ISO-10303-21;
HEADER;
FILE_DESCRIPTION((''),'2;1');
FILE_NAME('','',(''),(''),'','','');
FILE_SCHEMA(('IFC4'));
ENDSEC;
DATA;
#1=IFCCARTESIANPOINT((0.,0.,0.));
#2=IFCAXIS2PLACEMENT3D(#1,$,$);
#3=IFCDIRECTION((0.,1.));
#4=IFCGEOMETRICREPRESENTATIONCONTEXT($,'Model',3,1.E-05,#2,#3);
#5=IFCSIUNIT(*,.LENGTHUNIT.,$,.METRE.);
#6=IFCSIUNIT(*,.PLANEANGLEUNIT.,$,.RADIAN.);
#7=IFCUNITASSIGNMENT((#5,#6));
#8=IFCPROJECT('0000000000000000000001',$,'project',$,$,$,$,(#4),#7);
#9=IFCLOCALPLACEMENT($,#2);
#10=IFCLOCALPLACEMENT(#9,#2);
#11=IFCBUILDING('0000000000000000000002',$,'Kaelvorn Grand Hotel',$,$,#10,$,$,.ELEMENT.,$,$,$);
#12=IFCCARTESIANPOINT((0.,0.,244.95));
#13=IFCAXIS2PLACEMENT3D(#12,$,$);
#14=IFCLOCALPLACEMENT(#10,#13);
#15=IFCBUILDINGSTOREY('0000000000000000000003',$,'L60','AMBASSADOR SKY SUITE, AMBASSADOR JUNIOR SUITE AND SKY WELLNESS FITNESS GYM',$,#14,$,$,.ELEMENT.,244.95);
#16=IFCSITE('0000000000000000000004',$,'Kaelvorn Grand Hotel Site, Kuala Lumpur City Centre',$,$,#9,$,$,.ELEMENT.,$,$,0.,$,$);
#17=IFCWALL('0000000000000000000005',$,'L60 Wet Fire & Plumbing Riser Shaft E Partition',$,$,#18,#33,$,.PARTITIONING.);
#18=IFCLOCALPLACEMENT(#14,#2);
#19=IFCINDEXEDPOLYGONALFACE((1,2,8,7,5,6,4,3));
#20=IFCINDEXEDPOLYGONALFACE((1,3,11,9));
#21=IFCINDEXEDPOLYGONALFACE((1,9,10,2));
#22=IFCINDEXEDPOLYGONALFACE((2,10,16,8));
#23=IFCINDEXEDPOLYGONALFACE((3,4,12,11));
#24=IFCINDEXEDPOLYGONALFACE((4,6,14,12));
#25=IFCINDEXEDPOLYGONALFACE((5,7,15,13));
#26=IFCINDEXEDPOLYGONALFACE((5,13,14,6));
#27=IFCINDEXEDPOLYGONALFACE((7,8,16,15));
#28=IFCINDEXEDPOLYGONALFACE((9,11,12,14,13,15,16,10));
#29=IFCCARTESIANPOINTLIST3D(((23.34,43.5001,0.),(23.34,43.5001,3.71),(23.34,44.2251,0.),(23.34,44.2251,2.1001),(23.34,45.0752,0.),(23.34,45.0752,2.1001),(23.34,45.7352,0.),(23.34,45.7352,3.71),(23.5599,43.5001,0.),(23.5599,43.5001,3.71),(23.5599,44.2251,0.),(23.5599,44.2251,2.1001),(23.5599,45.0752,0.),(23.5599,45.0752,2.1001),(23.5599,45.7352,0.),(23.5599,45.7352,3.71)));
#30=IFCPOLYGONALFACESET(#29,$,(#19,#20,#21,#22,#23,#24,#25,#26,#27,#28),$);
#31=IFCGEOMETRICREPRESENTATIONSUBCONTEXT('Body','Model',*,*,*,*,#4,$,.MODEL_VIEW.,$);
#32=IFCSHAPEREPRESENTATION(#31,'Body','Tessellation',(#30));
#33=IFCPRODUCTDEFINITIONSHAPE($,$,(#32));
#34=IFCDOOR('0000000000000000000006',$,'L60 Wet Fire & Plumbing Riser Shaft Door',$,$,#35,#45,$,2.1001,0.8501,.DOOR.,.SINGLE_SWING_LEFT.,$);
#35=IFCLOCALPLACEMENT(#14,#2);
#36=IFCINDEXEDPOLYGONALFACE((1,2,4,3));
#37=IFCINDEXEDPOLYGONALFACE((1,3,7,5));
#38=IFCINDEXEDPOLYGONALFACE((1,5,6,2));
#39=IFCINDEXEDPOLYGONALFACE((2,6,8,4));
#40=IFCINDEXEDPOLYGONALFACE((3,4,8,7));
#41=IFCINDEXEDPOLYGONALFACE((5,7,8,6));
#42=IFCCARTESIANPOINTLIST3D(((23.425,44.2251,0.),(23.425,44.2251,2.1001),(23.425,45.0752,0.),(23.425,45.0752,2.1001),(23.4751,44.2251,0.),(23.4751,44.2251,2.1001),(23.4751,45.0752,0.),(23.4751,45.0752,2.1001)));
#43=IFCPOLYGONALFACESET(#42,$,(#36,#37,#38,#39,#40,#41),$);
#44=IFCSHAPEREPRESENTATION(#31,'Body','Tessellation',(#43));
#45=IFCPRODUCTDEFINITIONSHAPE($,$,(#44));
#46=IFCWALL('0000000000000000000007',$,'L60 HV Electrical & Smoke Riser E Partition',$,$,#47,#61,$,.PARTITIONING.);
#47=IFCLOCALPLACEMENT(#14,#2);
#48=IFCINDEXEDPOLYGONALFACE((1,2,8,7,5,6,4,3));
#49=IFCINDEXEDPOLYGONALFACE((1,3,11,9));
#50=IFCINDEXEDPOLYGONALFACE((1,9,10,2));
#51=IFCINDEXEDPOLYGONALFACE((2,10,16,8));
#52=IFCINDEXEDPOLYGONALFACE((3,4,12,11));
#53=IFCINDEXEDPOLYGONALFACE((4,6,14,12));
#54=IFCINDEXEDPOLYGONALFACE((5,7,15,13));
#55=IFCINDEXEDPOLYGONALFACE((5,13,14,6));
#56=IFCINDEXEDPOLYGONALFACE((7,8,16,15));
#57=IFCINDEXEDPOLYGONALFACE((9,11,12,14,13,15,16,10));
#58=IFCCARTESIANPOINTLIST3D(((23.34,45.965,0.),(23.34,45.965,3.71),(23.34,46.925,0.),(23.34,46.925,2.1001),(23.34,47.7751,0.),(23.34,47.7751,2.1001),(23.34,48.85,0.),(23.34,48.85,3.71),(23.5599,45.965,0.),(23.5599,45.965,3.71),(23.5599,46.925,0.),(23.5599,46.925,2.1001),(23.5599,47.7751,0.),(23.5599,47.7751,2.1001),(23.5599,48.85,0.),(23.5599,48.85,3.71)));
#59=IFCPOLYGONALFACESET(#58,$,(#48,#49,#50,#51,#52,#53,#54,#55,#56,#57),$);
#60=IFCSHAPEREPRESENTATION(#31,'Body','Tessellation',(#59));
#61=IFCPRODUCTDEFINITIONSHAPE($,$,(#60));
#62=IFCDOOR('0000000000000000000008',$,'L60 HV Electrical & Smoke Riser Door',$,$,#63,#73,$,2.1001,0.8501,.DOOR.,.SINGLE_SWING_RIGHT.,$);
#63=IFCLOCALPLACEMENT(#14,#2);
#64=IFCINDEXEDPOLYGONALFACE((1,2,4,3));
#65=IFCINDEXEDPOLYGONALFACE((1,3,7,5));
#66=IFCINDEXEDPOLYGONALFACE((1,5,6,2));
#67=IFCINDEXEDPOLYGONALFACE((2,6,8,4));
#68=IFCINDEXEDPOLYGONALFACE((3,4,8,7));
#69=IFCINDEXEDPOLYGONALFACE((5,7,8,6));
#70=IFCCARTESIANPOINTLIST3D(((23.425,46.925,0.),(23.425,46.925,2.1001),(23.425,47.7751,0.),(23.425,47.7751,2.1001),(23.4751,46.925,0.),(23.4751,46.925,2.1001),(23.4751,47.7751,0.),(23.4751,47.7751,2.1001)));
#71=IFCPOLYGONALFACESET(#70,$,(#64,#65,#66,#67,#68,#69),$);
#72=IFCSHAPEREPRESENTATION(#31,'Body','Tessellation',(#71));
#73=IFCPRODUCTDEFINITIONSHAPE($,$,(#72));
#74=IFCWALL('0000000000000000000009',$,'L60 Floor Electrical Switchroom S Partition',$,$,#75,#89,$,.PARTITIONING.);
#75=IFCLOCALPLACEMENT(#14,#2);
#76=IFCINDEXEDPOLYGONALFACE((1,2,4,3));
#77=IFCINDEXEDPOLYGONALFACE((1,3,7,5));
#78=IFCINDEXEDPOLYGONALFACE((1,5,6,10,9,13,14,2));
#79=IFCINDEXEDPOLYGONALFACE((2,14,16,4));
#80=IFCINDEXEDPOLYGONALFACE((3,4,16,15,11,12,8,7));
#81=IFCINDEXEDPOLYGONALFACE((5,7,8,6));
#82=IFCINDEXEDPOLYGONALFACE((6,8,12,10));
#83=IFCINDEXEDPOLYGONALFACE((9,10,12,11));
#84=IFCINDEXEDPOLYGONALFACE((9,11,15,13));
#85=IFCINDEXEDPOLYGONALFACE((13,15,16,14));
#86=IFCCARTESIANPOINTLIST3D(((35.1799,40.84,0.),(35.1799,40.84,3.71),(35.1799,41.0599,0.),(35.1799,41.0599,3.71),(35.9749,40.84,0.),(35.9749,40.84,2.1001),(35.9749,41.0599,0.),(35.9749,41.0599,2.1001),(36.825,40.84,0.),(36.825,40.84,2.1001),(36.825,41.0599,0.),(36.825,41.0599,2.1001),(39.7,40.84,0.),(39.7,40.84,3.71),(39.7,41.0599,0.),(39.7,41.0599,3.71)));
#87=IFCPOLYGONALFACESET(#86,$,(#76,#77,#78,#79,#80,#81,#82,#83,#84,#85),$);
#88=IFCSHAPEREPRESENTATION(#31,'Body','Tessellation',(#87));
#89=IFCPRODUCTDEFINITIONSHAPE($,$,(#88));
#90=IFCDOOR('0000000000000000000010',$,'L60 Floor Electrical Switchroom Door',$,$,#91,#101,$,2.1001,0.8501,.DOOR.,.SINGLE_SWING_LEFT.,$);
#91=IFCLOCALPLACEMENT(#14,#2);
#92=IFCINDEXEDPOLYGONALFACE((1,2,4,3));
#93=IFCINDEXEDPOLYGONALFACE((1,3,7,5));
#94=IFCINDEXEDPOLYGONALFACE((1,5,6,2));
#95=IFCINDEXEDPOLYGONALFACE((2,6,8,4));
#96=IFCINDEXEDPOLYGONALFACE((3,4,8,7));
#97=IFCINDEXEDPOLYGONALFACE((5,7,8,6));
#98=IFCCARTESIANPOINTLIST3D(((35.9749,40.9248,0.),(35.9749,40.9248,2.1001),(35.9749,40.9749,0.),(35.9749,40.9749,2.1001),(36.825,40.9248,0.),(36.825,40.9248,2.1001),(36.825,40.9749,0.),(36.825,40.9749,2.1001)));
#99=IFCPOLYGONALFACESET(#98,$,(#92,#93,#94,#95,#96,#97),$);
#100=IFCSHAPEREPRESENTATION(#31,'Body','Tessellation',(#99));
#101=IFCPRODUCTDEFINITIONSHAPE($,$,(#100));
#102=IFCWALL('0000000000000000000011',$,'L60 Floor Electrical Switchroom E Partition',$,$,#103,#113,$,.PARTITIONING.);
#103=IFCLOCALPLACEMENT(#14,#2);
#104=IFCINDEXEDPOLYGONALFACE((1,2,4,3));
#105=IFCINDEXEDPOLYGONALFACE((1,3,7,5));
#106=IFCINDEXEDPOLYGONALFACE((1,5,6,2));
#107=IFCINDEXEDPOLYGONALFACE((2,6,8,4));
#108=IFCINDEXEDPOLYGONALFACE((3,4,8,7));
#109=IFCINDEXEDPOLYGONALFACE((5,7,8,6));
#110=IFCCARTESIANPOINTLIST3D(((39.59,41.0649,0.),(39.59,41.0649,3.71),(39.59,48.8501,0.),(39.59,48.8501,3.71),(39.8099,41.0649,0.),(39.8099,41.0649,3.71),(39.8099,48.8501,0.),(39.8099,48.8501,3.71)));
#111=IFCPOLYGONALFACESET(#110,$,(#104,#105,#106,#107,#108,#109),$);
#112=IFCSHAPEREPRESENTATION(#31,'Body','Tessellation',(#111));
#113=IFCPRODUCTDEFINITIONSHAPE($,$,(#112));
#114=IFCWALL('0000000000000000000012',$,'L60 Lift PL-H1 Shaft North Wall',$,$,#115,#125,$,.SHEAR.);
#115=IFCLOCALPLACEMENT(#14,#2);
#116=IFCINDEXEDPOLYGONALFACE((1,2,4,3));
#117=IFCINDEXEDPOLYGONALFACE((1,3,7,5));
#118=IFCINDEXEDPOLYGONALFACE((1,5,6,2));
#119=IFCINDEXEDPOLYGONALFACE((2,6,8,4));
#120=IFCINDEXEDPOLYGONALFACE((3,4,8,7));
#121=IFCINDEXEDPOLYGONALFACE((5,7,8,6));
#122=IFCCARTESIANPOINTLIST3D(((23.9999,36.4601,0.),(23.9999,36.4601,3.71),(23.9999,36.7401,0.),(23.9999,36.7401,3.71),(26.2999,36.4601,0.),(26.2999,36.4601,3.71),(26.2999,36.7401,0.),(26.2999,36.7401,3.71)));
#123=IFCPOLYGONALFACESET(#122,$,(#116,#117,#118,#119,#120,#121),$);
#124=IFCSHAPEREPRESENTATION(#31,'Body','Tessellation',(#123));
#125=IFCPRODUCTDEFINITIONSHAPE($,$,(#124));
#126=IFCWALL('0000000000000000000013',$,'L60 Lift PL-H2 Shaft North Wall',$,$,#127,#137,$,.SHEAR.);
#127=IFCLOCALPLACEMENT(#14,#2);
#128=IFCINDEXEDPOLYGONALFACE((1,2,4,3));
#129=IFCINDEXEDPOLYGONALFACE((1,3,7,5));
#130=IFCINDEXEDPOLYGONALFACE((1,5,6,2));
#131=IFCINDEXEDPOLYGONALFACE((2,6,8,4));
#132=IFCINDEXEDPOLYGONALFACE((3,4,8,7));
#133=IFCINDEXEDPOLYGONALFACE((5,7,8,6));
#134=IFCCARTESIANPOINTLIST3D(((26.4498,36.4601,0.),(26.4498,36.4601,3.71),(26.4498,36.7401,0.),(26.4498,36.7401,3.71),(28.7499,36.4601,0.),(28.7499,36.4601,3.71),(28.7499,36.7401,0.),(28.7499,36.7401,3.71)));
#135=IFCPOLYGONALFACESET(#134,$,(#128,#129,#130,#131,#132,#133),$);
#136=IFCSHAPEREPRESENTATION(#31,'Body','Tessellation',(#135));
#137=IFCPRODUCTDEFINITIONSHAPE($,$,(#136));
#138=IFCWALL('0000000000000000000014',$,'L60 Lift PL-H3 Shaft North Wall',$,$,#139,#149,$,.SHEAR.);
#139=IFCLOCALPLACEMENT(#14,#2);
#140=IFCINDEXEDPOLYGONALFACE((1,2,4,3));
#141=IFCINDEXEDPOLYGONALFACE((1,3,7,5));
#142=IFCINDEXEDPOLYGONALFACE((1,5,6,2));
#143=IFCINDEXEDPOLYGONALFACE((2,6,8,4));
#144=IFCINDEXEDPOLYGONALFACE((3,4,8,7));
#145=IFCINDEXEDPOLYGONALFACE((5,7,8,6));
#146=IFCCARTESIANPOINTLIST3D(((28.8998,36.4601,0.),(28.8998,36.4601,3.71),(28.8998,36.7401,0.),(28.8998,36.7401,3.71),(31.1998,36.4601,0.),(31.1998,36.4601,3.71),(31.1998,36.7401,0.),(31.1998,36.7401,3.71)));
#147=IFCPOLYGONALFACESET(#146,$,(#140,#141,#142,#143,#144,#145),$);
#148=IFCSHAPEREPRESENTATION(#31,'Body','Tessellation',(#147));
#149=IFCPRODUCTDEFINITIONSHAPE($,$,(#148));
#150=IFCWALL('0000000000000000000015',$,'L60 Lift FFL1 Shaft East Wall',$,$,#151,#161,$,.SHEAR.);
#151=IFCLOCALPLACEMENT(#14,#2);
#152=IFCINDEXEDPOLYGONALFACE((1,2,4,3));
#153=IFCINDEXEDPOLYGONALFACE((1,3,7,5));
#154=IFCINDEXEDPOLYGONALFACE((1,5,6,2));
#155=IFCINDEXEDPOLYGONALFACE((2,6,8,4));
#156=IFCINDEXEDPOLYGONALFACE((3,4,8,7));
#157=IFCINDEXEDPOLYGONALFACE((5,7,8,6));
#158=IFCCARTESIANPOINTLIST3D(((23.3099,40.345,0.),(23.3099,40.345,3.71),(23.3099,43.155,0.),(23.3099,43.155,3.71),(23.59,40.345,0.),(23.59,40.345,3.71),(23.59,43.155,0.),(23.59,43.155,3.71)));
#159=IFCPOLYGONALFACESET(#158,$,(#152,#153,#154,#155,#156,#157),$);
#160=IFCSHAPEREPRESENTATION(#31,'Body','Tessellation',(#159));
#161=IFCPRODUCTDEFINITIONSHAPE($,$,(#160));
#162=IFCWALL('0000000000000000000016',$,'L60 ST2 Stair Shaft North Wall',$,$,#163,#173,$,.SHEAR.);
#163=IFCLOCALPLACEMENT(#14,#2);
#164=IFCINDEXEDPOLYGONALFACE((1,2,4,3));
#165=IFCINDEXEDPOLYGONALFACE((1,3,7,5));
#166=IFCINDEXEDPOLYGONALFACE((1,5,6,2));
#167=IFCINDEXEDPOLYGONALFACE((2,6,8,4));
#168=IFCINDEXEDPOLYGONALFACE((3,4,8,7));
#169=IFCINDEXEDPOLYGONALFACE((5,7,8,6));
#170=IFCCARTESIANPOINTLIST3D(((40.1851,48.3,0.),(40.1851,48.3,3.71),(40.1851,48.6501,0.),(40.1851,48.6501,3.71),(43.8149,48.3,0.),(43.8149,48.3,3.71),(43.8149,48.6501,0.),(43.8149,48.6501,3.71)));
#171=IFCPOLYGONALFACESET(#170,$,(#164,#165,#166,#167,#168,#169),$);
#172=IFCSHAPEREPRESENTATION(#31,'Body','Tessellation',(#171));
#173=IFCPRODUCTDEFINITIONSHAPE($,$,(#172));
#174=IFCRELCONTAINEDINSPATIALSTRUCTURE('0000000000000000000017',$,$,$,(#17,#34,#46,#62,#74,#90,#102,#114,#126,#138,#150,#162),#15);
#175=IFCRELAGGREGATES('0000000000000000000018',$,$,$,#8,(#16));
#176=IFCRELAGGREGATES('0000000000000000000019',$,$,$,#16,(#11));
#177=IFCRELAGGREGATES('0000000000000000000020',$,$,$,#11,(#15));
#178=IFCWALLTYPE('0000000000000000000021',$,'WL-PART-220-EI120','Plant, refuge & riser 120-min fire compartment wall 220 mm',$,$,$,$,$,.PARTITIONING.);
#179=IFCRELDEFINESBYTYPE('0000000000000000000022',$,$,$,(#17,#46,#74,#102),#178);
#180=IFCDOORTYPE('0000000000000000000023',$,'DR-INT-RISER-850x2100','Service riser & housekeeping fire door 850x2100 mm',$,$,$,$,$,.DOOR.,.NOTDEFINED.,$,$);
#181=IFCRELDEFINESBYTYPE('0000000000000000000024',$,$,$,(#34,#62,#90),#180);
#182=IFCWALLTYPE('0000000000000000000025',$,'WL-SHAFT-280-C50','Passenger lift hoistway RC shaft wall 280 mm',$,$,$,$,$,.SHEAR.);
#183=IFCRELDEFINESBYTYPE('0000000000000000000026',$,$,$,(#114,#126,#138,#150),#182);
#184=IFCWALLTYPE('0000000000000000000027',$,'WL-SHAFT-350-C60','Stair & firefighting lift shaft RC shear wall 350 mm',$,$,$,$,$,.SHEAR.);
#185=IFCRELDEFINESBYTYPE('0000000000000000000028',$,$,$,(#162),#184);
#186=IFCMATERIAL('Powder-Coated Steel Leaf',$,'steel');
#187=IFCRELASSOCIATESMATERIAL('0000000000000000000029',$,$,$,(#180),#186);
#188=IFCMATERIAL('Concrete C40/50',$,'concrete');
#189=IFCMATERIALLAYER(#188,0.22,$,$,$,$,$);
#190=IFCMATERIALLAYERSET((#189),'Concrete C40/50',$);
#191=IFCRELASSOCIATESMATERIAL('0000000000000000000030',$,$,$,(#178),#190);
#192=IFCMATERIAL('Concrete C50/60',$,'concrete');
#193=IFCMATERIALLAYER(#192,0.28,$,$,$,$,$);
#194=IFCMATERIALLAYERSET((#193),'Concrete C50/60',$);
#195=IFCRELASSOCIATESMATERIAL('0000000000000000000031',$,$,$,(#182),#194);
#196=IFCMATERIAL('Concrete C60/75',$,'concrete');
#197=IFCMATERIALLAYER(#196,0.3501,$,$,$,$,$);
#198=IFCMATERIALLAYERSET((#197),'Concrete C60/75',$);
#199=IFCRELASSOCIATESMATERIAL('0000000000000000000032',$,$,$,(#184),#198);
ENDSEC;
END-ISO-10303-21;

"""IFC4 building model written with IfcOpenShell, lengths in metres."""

from ifc_helpers import new_model, si_unit, direction, frame, frame_2d, origin, place, context, subcontext, project, spatial, rectangle, extrude, material, layer, layer_set, type_object, element, fill, save


model = new_model("IFC4")

# Units and contexts
model_context = context("Model", 3, precision=1e-05, world=origin(), true_north=direction((0.0, 1.0)))
body_context = subcontext(model_context, "Body", "Model", "MODEL_VIEW")
ifc_project = project(units=[si_unit("LENGTHUNIT", "METRE"), si_unit("PLANEANGLEUNIT", "RADIAN")], contexts=[model_context])

# Site, building, storey
site_placement = place(None, origin())
site = spatial("IfcSite", under=ifc_project, at=site_placement, Name="Kaelvorn Grand Hotel Site, Kuala Lumpur City Centre", CompositionType="ELEMENT", RefElevation=0.0)
building_placement = place(site_placement, origin())
building = spatial("IfcBuilding", under=site, at=building_placement, Name="Kaelvorn Grand Hotel", CompositionType="ELEMENT")
storey_placement = place(building_placement, frame((0.0, 0.0, 244.95)))
storey = spatial("IfcBuildingStorey", under=building, at=storey_placement, Name="L60", Description="AMBASSADOR SKY SUITE, AMBASSADOR JUNIOR SUITE AND SKY WELLNESS FITNESS GYM", CompositionType="ELEMENT", Elevation=244.95)

# Shared definitions
ifc_material_1 = material(Name="Concrete C50/60", Category="concrete")

# Shared definitions
ifc_material_2 = material(Name="Powder-Coated Steel Leaf", Category="steel")
door_type_1 = type_object("IfcDoorType", Name="DR-INT-RISER-850x2100", Description="Service riser & housekeeping fire door 850x2100 mm", OperationType="NOTDEFINED", PredefinedType="DOOR", material=ifc_material_2)

# Walls, openings, doors
ifc_material_3 = material(Name="Concrete C40/50", Category="concrete")
ifc_layer_1 = layer(ifc_material_3, 0.22)
ifc_layer_set_1 = layer_set([ifc_layer_1], Name="Concrete C40/50")
wall_type_1 = type_object("IfcWallType", Name="WL-PART-220-EI120", Description="Plant, refuge & riser 120-min fire compartment wall 220 mm", PredefinedType="PARTITIONING", material=ifc_layer_set_1)
wall_1_placement = place(storey_placement, frame((23.45, 43.5, 0.0), z_axis=(0.0, 0.0, 1.0), x_axis=(0.0, 1.0, 0.0)))
wall_1 = element("IfcWall", 1, at=wall_1_placement, inside=storey, type_object=wall_type_1, Name="L60 Wet Fire & Plumbing Riser Shaft E Partition", PredefinedType="PARTITIONING", context=body_context, shape_type="SweptSolid", body=[
    extrude(rectangle(XDim=2.2351, YDim=0.22, at=frame_2d((1.1177, 0.0))), origin(), (0.0, 0.0, 1.0), 3.71),
])
opening_1_placement = place(wall_1_placement, frame((0.7251, 0.0, 0.0)))
opening_1 = element("IfcOpeningElement", 2, at=opening_1_placement, cuts=wall_1, PredefinedType="OPENING", context=body_context, shape_type="SweptSolid", body=[
    extrude(rectangle(XDim=0.8501, YDim=2.1001, at=frame_2d((0.425, 1.05))), frame((0.0, 0.1201, 0.0), z_axis=(0.0, -1.0, 0.0), x_axis=(1.0, 0.0, 0.0)), (0.0, 0.0, 1.0), 0.24),
])
door_1_placement = place(opening_1_placement, origin())
door_1 = element("IfcDoor", 3, at=door_1_placement, inside=storey, type_object=door_type_1, Name="L60 Wet Fire & Plumbing Riser Shaft Door", OperationType="SINGLE_SWING_LEFT", OverallHeight=2.1001, OverallWidth=0.8501, PredefinedType="DOOR", context=body_context, shape_type="SweptSolid", body=[
    extrude(rectangle(XDim=0.8501, YDim=2.1001, at=frame_2d((0.425, 1.05))), frame((0.0, 0.0249, 0.0), z_axis=(0.0, -1.0, 0.0), x_axis=(1.0, 0.0, 0.0)), (0.0, 0.0, 1.0), 0.05),
])
fill(opening_1, door_1)
wall_2_placement = place(storey_placement, frame((23.45, 45.9651, 0.0), z_axis=(0.0, 0.0, 1.0), x_axis=(0.0, 1.0, 0.0)))
wall_2 = element("IfcWall", 4, at=wall_2_placement, inside=storey, type_object=wall_type_1, Name="L60 HV Electrical & Smoke Riser E Partition", PredefinedType="PARTITIONING", context=body_context, shape_type="SweptSolid", body=[
    extrude(rectangle(XDim=2.885, YDim=0.22, at=frame_2d((1.4424, 0.0))), origin(), (0.0, 0.0, 1.0), 3.71),
])
opening_2_placement = place(wall_2_placement, frame((0.96, 0.0, 0.0)))
opening_2 = element("IfcOpeningElement", 5, at=opening_2_placement, cuts=wall_2, PredefinedType="OPENING", context=body_context, shape_type="SweptSolid", body=[
    extrude(rectangle(XDim=0.8501, YDim=2.1001, at=frame_2d((0.425, 1.05))), frame((0.0, 0.1201, 0.0), z_axis=(0.0, -1.0, 0.0), x_axis=(1.0, 0.0, 0.0)), (0.0, 0.0, 1.0), 0.24),
])
door_2_placement = place(opening_2_placement, origin())
door_2 = element("IfcDoor", 6, at=door_2_placement, inside=storey, type_object=door_type_1, Name="L60 HV Electrical & Smoke Riser Door", OperationType="SINGLE_SWING_RIGHT", OverallHeight=2.1001, OverallWidth=0.8501, PredefinedType="DOOR", context=body_context, shape_type="SweptSolid", body=[
    extrude(rectangle(XDim=0.8501, YDim=2.1001, at=frame_2d((0.425, 1.05))), frame((0.0, 0.0249, 0.0), z_axis=(0.0, -1.0, 0.0), x_axis=(1.0, 0.0, 0.0)), (0.0, 0.0, 1.0), 0.05),
])
fill(opening_2, door_2)
wall_3_placement = place(storey_placement, frame((35.1799, 40.95, 0.0), z_axis=(0.0, 0.0, 1.0), x_axis=(1.0, 0.0, 0.0)))
wall_3 = element("IfcWall", 7, at=wall_3_placement, inside=storey, type_object=wall_type_1, Name="L60 Floor Electrical Switchroom S Partition", PredefinedType="PARTITIONING", context=body_context, shape_type="SweptSolid", body=[
    extrude(rectangle(XDim=4.52, YDim=0.22, at=frame_2d((2.26, 0.0))), origin(), (0.0, 0.0, 1.0), 3.71),
])
opening_3_placement = place(wall_3_placement, frame((0.7949, 0.0, 0.0)))
opening_3 = element("IfcOpeningElement", 8, at=opening_3_placement, cuts=wall_3, PredefinedType="OPENING", context=body_context, shape_type="SweptSolid", body=[
    extrude(rectangle(XDim=0.8501, YDim=2.1001, at=frame_2d((0.425, 1.05))), frame((0.0, 0.1201, 0.0), z_axis=(0.0, -1.0, 0.0), x_axis=(1.0, 0.0, 0.0)), (0.0, 0.0, 1.0), 0.24),
])
door_3_placement = place(opening_3_placement, origin())
door_3 = element("IfcDoor", 9, at=door_3_placement, inside=storey, type_object=door_type_1, Name="L60 Floor Electrical Switchroom Door", OperationType="SINGLE_SWING_LEFT", OverallHeight=2.1001, OverallWidth=0.8501, PredefinedType="DOOR", context=body_context, shape_type="SweptSolid", body=[
    extrude(rectangle(XDim=0.8501, YDim=2.1001, at=frame_2d((0.425, 1.05))), frame((0.0, 0.0249, 0.0), z_axis=(0.0, -1.0, 0.0), x_axis=(1.0, 0.0, 0.0)), (0.0, 0.0, 1.0), 0.05),
])
fill(opening_3, door_3)

# Walls
wall_4_placement = place(storey_placement, frame((39.7, 41.0649, 0.0), z_axis=(0.0, 0.0, 1.0), x_axis=(0.0, 1.0, 0.0)))
element("IfcWall", 10, at=wall_4_placement, inside=storey, type_object=wall_type_1, Name="L60 Floor Electrical Switchroom E Partition", PredefinedType="PARTITIONING", context=body_context, shape_type="SweptSolid", body=[
    extrude(rectangle(XDim=7.7852, YDim=0.22, at=frame_2d((3.8926, 0.0))), origin(), (0.0, 0.0, 1.0), 3.71),
])
ifc_layer_2 = layer(ifc_material_1, 0.28)
ifc_layer_set_2 = layer_set([ifc_layer_2], Name="Concrete C50/60")
wall_type_2 = type_object("IfcWallType", Name="WL-SHAFT-280-C50", Description="Passenger lift hoistway RC shaft wall 280 mm", PredefinedType="SHEAR", material=ifc_layer_set_2)
for number, where, z_axis, x_axis, name in (
    (11, (24.0, 36.6001, 0.0), (0.0, 0.0, 1.0), (1.0, 0.0, 0.0), "L60 Lift PL-H1 Shaft North Wall"),
    (12, (26.45, 36.6001, 0.0), (0.0, 0.0, 1.0), (1.0, 0.0, 0.0), "L60 Lift PL-H2 Shaft North Wall"),
    (13, (28.8999, 36.6001, 0.0), (0.0, 0.0, 1.0), (1.0, 0.0, 0.0), "L60 Lift PL-H3 Shaft North Wall"),
):
    element("IfcWall", number, at=place(storey_placement, frame(where, z_axis=z_axis, x_axis=x_axis)), inside=storey, type_object=wall_type_2, Name=name, PredefinedType="SHEAR", context=body_context, shape_type="SweptSolid", body=[
        extrude(rectangle(XDim=2.3, YDim=0.28, at=frame_2d((1.1499, 0.0))), origin(), (0.0, 0.0, 1.0), 3.71),
    ])
wall_5_placement = place(storey_placement, frame((23.45, 40.345, 0.0), z_axis=(0.0, 0.0, 1.0), x_axis=(0.0, 1.0, 0.0)))
element("IfcWall", 14, at=wall_5_placement, inside=storey, type_object=wall_type_2, Name="L60 Lift FFL1 Shaft East Wall", PredefinedType="SHEAR", context=body_context, shape_type="SweptSolid", body=[
    extrude(rectangle(XDim=2.8101, YDim=0.28, at=frame_2d((1.405, 0.0))), origin(), (0.0, 0.0, 1.0), 3.71),
])

# Shared definitions
ifc_material_4 = material(Name="Concrete C60/75", Category="concrete")
ifc_layer_3 = layer(ifc_material_4, 0.3501)
ifc_layer_set_3 = layer_set([ifc_layer_3], Name="Concrete C60/75")
wall_type_3 = type_object("IfcWallType", Name="WL-SHAFT-350-C60", Description="Stair & firefighting lift shaft RC shear wall 350 mm", PredefinedType="SHEAR", material=ifc_layer_set_3)

# Wall
wall_6_placement = place(storey_placement, frame((40.1851, 48.4751, 0.0), z_axis=(0.0, 0.0, 1.0), x_axis=(1.0, 0.0, 0.0)))
element("IfcWall", 15, at=wall_6_placement, inside=storey, type_object=wall_type_3, Name="L60 ST2 Stair Shaft North Wall", PredefinedType="SHEAR", context=body_context, shape_type="SweptSolid", body=[
    extrude(rectangle(XDim=3.6299, YDim=0.3501, at=frame_2d((1.8149, 0.0))), origin(), (0.0, 0.0, 1.0), 3.71),
])

save(model, "model.ifc")
